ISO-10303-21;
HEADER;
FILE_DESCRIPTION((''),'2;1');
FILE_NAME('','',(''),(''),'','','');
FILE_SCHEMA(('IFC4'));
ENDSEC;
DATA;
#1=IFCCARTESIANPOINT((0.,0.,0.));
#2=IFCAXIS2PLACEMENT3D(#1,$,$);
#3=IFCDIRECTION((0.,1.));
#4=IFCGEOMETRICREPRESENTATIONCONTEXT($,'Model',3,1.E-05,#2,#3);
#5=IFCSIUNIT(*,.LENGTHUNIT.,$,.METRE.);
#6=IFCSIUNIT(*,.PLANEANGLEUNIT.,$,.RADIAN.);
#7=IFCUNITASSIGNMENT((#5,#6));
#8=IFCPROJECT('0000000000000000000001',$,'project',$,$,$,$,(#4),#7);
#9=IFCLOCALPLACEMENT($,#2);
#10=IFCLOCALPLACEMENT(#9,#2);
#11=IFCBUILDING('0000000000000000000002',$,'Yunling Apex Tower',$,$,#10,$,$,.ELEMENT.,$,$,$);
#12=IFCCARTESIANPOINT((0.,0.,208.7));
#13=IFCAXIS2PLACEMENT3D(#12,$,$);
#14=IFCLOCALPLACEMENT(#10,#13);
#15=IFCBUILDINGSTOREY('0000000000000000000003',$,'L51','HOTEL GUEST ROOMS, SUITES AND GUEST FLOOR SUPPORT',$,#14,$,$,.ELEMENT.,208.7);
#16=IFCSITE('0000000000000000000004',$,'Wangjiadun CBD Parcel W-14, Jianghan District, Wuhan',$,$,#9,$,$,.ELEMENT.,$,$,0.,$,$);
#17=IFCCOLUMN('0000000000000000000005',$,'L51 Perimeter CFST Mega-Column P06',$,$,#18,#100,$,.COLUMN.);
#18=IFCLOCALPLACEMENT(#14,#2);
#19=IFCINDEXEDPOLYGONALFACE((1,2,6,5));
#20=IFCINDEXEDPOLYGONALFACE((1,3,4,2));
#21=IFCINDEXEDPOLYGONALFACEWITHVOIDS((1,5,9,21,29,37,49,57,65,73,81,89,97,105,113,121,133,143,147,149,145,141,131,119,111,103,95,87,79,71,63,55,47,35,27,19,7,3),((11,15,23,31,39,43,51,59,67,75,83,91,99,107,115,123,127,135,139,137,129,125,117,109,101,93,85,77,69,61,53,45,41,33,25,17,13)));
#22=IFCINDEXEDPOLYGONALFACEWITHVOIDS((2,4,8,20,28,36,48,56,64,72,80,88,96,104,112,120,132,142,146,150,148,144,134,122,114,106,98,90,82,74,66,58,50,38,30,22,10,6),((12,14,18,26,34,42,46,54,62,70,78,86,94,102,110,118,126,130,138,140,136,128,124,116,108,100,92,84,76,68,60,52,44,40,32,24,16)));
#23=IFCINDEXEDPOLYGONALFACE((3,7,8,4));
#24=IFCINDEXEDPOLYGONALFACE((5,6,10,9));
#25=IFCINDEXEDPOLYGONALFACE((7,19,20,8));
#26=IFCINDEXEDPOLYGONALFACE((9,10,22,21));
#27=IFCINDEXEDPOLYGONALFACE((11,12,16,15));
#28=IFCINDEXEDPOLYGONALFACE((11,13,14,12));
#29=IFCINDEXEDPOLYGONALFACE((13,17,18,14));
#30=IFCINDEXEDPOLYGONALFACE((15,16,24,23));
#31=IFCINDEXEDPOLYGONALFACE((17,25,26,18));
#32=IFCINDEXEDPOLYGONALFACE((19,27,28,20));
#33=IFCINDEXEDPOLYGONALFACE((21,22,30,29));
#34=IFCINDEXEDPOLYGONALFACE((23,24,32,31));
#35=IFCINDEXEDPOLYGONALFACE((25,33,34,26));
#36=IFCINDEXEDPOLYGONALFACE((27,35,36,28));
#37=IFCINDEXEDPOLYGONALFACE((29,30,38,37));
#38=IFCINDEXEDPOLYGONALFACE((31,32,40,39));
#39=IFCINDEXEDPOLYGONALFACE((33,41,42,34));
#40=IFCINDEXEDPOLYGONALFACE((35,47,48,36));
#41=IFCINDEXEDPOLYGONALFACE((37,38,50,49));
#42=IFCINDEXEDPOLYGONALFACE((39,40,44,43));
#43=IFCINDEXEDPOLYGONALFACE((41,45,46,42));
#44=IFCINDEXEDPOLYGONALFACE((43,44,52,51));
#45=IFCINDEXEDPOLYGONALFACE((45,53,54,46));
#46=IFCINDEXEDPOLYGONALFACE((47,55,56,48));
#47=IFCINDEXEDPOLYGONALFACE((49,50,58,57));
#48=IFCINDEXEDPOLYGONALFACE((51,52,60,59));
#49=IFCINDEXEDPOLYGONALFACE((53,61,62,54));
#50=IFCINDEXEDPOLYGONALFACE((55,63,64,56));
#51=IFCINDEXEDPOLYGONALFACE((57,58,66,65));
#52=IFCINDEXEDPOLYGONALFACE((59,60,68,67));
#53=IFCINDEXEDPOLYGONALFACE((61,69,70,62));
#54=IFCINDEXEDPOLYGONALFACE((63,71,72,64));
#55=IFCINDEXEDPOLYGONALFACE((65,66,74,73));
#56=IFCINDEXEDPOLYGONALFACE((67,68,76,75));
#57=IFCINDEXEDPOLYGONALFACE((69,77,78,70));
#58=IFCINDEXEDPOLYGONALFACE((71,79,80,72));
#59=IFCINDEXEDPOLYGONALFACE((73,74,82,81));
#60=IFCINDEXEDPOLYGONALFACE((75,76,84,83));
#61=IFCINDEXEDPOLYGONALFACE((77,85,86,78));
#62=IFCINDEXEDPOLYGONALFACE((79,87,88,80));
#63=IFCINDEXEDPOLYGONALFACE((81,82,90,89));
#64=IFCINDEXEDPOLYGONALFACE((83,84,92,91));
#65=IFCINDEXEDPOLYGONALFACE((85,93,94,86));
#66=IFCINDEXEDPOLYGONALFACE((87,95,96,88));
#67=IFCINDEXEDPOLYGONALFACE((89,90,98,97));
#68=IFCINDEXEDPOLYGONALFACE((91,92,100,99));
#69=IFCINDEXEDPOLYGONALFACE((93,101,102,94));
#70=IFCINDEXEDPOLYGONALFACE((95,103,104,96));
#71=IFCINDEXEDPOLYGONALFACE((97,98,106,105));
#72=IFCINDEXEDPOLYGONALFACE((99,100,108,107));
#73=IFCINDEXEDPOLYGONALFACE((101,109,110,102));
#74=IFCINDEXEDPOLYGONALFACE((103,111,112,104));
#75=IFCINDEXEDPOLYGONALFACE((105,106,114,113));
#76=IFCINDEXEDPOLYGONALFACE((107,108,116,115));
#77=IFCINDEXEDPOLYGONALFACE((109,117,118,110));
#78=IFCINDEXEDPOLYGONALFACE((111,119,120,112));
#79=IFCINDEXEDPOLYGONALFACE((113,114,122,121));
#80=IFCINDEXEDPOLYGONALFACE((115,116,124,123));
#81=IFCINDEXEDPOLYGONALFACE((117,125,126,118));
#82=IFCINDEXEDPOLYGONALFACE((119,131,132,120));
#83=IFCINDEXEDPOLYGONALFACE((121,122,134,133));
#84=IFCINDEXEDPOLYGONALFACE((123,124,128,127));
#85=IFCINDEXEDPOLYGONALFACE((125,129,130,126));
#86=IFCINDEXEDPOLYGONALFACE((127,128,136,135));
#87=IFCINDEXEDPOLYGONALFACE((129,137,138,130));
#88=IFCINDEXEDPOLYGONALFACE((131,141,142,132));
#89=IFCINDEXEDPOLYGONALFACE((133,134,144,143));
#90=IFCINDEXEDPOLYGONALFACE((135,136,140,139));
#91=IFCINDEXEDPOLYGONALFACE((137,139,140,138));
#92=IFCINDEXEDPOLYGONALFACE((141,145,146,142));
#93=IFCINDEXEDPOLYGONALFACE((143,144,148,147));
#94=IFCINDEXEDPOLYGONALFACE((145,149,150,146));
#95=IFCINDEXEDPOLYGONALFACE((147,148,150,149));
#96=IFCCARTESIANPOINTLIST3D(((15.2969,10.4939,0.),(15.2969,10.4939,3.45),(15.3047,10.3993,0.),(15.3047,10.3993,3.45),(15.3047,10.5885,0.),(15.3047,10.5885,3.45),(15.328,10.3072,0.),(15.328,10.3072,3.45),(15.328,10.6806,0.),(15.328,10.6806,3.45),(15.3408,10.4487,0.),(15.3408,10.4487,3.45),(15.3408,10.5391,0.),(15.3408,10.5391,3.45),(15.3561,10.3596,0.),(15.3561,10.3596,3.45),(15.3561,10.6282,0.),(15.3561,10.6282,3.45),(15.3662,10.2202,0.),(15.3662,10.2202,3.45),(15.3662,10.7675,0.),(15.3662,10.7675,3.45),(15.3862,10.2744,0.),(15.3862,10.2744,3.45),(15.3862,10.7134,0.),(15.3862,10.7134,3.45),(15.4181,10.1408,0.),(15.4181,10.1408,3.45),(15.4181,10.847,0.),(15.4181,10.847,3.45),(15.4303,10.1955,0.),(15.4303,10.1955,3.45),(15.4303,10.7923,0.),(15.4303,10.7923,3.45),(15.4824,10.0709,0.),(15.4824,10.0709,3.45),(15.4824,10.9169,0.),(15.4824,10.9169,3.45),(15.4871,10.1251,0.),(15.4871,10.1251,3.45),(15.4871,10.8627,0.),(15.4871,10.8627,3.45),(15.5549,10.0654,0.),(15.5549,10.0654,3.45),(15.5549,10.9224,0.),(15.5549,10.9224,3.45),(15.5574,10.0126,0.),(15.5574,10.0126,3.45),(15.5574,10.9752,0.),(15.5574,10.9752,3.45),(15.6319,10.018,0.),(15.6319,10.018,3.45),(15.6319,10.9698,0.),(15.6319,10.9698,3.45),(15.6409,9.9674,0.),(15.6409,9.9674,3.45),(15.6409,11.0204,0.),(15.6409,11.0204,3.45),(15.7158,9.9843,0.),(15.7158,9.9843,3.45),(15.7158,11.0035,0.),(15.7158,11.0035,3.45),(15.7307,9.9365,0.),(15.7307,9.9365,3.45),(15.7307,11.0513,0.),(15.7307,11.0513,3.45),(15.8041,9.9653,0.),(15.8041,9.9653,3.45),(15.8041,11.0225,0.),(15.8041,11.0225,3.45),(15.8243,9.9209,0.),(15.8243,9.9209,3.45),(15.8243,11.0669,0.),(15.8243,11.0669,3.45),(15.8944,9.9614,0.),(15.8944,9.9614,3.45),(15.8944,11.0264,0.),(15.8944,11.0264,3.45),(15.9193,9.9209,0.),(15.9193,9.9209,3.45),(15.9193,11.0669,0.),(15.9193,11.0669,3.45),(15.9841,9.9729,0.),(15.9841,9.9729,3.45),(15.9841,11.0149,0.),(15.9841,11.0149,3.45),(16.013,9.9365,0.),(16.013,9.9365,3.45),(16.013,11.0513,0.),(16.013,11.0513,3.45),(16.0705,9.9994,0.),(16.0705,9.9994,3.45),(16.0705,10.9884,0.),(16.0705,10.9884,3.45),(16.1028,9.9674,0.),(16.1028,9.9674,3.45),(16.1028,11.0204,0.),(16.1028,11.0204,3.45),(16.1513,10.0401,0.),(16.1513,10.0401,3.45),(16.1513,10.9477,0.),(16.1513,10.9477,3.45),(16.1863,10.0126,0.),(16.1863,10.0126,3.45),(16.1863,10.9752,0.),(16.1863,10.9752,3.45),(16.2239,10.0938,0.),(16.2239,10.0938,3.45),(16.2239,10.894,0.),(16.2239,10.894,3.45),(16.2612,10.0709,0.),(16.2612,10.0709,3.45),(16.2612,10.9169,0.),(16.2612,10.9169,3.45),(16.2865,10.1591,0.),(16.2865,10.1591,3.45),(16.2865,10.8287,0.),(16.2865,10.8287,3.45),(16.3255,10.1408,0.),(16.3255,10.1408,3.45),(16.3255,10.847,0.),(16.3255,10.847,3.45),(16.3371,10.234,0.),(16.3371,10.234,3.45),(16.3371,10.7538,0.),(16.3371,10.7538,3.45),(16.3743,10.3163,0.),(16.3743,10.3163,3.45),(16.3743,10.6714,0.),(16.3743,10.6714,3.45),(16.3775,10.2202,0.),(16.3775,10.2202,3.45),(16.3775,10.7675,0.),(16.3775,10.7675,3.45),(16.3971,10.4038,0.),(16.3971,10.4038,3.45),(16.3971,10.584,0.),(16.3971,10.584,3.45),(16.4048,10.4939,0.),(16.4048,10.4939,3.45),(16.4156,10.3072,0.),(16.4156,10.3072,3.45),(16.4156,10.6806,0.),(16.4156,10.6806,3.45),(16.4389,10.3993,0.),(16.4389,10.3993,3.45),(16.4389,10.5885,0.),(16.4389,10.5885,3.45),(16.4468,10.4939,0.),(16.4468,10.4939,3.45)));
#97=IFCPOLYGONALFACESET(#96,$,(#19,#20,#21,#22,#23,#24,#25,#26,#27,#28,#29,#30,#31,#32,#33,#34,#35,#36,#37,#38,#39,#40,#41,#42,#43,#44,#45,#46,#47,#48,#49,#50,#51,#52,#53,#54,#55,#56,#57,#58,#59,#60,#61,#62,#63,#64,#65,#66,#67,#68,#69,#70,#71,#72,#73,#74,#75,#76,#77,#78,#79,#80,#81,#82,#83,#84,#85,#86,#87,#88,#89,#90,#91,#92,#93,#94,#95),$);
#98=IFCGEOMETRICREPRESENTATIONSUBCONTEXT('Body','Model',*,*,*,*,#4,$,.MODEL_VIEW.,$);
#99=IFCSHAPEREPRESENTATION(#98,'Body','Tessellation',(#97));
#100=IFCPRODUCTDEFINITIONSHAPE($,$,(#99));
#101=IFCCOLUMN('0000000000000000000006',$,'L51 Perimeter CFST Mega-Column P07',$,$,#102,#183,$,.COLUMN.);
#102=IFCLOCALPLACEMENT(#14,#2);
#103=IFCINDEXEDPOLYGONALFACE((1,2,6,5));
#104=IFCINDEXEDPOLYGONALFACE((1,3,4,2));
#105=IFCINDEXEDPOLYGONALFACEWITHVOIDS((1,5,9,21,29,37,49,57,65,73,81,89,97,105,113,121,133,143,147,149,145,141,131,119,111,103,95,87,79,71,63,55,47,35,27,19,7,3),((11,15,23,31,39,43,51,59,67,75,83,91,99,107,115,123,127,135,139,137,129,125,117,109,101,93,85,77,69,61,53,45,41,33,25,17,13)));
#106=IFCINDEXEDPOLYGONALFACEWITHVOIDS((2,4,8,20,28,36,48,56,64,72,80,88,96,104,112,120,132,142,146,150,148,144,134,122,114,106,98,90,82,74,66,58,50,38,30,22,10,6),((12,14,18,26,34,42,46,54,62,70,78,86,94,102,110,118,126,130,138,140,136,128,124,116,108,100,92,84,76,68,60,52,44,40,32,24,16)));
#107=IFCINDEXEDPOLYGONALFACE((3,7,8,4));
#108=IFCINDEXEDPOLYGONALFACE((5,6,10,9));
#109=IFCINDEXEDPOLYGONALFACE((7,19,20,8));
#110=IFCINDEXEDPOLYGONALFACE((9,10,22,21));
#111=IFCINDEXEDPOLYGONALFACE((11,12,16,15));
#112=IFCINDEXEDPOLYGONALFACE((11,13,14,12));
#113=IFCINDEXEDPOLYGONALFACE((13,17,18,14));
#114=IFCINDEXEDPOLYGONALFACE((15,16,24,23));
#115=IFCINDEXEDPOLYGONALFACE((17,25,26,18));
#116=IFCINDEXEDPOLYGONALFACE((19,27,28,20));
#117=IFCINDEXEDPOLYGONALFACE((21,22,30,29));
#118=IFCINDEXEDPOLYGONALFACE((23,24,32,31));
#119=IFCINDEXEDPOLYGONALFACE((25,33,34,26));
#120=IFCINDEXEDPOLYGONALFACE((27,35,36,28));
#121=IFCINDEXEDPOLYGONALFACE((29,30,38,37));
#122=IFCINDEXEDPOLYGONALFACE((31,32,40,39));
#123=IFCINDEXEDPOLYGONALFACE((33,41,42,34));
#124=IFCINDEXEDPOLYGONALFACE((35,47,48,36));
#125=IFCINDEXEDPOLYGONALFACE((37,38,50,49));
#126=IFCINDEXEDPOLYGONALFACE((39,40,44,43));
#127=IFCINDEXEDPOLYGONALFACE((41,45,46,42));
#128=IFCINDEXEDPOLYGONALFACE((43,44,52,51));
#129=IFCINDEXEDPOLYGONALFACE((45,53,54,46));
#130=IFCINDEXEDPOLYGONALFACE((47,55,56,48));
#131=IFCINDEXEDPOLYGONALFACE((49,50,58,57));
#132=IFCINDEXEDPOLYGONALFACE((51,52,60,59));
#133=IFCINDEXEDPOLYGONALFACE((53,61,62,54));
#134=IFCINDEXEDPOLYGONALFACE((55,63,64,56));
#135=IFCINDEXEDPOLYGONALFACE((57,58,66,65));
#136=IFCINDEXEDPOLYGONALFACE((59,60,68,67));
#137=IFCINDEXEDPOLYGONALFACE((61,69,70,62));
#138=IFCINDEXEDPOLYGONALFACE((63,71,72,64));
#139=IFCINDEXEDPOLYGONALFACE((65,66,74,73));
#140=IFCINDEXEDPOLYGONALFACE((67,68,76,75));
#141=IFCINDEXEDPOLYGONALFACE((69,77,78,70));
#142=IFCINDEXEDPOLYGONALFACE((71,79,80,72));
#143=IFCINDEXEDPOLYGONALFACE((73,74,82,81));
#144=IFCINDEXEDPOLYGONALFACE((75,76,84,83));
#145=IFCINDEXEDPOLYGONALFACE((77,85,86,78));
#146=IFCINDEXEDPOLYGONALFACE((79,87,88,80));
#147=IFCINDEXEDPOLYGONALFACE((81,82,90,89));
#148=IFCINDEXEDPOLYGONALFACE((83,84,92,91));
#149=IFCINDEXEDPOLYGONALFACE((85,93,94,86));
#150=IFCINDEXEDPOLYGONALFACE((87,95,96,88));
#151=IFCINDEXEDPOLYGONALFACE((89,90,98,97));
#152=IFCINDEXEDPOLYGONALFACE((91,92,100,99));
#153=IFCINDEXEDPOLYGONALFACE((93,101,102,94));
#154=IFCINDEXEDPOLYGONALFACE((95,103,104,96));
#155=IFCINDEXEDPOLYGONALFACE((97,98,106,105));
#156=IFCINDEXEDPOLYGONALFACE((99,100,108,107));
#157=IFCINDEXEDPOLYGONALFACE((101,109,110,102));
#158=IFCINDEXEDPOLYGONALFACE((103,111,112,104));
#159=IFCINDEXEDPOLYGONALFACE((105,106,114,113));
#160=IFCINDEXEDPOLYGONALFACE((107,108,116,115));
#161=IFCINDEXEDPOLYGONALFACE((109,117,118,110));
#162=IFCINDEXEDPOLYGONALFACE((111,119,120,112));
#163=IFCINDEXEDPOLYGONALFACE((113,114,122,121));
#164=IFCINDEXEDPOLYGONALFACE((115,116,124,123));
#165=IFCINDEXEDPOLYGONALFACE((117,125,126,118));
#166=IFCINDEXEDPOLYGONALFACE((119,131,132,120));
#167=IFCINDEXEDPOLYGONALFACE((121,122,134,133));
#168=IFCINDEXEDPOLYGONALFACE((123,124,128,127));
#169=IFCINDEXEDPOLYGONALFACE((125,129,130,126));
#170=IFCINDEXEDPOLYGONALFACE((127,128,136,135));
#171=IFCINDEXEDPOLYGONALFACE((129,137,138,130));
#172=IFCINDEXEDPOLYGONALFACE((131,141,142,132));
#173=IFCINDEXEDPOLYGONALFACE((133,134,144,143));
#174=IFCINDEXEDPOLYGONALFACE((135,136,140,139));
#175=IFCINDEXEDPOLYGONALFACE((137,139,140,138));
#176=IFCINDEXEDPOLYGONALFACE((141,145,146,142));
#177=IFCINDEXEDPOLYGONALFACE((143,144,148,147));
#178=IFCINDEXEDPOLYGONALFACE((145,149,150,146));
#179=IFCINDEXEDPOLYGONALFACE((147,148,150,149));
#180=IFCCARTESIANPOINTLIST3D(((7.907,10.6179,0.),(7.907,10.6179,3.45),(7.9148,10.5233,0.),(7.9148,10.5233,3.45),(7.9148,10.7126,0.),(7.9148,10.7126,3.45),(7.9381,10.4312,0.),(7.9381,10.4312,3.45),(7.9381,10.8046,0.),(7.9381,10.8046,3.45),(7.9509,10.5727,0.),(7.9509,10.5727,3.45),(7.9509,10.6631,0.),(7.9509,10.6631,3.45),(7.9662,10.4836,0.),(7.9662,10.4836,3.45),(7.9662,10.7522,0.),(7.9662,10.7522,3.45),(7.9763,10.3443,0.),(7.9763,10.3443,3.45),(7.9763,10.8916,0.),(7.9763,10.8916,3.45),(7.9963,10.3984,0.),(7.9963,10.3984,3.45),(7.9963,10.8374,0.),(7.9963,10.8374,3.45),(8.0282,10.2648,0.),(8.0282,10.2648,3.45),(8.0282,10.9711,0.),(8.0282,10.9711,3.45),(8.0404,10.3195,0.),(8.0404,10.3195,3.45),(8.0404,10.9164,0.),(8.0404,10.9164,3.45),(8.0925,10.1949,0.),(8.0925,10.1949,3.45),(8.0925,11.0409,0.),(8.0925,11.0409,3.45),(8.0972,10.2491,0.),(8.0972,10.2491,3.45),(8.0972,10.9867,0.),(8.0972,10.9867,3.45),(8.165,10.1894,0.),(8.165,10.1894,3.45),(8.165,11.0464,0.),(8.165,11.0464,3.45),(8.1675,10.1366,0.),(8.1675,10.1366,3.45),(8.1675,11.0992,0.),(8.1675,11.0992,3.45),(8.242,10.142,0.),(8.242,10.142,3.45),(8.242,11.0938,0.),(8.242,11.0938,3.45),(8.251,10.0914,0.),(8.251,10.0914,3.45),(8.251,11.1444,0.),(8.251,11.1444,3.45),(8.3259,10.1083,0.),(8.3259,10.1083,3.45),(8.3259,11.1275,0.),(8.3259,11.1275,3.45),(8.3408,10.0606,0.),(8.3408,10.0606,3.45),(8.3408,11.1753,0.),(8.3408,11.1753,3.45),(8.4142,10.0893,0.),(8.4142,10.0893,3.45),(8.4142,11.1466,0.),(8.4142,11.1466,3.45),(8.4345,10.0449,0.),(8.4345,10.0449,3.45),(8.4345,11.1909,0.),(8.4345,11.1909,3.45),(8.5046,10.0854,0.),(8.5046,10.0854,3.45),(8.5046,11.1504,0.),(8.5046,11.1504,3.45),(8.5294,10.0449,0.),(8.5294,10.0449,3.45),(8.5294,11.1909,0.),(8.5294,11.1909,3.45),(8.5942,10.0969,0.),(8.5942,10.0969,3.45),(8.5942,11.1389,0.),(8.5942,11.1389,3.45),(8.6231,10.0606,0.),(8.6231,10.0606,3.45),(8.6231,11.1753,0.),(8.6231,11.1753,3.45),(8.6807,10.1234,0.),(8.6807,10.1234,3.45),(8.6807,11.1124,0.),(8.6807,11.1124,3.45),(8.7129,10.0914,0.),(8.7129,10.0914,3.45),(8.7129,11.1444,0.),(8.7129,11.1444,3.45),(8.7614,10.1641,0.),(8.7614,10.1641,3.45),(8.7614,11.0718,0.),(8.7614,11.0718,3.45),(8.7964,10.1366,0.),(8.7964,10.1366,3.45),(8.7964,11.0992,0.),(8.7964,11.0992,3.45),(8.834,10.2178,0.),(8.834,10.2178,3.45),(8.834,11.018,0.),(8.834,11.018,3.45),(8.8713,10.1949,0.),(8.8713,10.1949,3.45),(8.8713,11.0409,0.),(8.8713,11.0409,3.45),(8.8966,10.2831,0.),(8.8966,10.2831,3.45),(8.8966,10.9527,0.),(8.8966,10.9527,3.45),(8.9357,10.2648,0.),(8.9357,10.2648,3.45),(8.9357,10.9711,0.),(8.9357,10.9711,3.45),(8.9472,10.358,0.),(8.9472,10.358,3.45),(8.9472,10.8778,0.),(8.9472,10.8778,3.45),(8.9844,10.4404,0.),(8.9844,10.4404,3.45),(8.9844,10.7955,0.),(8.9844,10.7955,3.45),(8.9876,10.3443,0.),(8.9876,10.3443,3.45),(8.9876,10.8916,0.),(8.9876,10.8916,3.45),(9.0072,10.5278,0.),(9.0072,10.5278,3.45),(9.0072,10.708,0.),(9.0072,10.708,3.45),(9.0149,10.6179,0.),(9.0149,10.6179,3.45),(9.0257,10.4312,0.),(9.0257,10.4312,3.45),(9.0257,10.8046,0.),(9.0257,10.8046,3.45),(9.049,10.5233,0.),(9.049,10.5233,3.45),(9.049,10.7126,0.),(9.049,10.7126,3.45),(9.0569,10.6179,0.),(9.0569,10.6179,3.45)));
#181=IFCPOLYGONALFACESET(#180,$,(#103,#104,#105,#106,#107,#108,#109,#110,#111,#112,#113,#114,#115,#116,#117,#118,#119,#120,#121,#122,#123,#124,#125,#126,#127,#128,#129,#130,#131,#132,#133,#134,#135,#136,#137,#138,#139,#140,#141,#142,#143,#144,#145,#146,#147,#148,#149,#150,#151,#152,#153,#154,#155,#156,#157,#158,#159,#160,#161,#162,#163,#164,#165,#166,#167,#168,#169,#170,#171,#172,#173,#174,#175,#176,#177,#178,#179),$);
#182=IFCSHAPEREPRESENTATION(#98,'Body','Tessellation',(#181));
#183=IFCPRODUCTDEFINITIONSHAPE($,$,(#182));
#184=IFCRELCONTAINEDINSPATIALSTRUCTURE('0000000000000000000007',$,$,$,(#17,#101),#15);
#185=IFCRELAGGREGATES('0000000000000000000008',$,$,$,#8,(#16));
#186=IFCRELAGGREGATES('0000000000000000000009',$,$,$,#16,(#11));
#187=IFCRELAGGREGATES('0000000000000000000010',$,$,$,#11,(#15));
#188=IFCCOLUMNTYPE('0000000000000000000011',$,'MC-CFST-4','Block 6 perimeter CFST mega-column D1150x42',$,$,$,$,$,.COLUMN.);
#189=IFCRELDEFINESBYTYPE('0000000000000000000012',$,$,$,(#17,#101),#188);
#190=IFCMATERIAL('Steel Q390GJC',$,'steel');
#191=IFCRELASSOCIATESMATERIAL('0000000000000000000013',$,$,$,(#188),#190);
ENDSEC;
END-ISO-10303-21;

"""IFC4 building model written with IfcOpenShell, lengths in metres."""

from ifc_helpers import new_model, si_unit, direction, frame, origin, origin_2d, place, context, subcontext, project, spatial, hollow_circle, extrude, source, transform, mapped, material, material_profile, profile_set, type_object, element, save


model = new_model("IFC4")

# Units and contexts
model_context = context("Model", 3, precision=1e-05, world=origin(), true_north=direction((0.0, 1.0)))
body_context = subcontext(model_context, "Body", "Model", "MODEL_VIEW")
ifc_project = project(units=[si_unit("LENGTHUNIT", "METRE"), si_unit("PLANEANGLEUNIT", "RADIAN")], contexts=[model_context])

# Site, building, storey
site_placement = place(None, origin())
site = spatial("IfcSite", under=ifc_project, at=site_placement, Name="Wangjiadun CBD Parcel W-14, Jianghan District, Wuhan", CompositionType="ELEMENT", RefElevation=0.0)
building_placement = place(site_placement, origin())
building = spatial("IfcBuilding", under=site, at=building_placement, Name="Yunling Apex Tower", CompositionType="ELEMENT")
storey_placement = place(building_placement, frame((0.0, 0.0, 208.7)))
storey = spatial("IfcBuildingStorey", under=building, at=storey_placement, Name="L51", Description="HOTEL GUEST ROOMS, SUITES AND GUEST FLOOR SUPPORT", CompositionType="ELEMENT", Elevation=208.7)

# Columns
ifc_material_1 = material(Name="Steel Q390GJC", Category="steel")
ifc_material_profile_1 = material_profile(ifc_material_1, hollow_circle(Radius=0.575, WallThickness=0.042, at=origin_2d()))
ifc_profile_set_1 = profile_set([ifc_material_profile_1], Name="Steel Q390GJC")
column_type = type_object("IfcColumnType", Name="MC-CFST-4", Description="Block 6 perimeter CFST mega-column D1150x42", PredefinedType="COLUMN", material=ifc_profile_set_1)
shared_shape_1 = source(origin(), body_context, "Body", "SweptSolid", [
    extrude(hollow_circle(Radius=0.575, WallThickness=0.042, at=origin_2d()), origin(), (0.0, 0.0, 1.0), 3.45),
])
for number, where, z_axis, x_axis, name in (
    (1, (15.8718, 10.4939, 0.0), (0.0, 0.0, 1.0), (1.0, 0.0, 0.0), "L51 Perimeter CFST Mega-Column P06"),
    (2, (8.4819, 10.6179, 0.0), (0.0, 0.0, 1.0), (1.0, 0.0, 0.0), "L51 Perimeter CFST Mega-Column P07"),
):
    element("IfcColumn", number, at=place(storey_placement, frame(where, z_axis=z_axis, x_axis=x_axis)), inside=storey, type_object=column_type, Name=name, PredefinedType="COLUMN", context=body_context, shape_type="MappedRepresentation", body=[
        mapped(shared_shape_1, transform((0.0, 0.0, 0.0), scale=1.0)),
    ])

save(model, "model.ifc")
